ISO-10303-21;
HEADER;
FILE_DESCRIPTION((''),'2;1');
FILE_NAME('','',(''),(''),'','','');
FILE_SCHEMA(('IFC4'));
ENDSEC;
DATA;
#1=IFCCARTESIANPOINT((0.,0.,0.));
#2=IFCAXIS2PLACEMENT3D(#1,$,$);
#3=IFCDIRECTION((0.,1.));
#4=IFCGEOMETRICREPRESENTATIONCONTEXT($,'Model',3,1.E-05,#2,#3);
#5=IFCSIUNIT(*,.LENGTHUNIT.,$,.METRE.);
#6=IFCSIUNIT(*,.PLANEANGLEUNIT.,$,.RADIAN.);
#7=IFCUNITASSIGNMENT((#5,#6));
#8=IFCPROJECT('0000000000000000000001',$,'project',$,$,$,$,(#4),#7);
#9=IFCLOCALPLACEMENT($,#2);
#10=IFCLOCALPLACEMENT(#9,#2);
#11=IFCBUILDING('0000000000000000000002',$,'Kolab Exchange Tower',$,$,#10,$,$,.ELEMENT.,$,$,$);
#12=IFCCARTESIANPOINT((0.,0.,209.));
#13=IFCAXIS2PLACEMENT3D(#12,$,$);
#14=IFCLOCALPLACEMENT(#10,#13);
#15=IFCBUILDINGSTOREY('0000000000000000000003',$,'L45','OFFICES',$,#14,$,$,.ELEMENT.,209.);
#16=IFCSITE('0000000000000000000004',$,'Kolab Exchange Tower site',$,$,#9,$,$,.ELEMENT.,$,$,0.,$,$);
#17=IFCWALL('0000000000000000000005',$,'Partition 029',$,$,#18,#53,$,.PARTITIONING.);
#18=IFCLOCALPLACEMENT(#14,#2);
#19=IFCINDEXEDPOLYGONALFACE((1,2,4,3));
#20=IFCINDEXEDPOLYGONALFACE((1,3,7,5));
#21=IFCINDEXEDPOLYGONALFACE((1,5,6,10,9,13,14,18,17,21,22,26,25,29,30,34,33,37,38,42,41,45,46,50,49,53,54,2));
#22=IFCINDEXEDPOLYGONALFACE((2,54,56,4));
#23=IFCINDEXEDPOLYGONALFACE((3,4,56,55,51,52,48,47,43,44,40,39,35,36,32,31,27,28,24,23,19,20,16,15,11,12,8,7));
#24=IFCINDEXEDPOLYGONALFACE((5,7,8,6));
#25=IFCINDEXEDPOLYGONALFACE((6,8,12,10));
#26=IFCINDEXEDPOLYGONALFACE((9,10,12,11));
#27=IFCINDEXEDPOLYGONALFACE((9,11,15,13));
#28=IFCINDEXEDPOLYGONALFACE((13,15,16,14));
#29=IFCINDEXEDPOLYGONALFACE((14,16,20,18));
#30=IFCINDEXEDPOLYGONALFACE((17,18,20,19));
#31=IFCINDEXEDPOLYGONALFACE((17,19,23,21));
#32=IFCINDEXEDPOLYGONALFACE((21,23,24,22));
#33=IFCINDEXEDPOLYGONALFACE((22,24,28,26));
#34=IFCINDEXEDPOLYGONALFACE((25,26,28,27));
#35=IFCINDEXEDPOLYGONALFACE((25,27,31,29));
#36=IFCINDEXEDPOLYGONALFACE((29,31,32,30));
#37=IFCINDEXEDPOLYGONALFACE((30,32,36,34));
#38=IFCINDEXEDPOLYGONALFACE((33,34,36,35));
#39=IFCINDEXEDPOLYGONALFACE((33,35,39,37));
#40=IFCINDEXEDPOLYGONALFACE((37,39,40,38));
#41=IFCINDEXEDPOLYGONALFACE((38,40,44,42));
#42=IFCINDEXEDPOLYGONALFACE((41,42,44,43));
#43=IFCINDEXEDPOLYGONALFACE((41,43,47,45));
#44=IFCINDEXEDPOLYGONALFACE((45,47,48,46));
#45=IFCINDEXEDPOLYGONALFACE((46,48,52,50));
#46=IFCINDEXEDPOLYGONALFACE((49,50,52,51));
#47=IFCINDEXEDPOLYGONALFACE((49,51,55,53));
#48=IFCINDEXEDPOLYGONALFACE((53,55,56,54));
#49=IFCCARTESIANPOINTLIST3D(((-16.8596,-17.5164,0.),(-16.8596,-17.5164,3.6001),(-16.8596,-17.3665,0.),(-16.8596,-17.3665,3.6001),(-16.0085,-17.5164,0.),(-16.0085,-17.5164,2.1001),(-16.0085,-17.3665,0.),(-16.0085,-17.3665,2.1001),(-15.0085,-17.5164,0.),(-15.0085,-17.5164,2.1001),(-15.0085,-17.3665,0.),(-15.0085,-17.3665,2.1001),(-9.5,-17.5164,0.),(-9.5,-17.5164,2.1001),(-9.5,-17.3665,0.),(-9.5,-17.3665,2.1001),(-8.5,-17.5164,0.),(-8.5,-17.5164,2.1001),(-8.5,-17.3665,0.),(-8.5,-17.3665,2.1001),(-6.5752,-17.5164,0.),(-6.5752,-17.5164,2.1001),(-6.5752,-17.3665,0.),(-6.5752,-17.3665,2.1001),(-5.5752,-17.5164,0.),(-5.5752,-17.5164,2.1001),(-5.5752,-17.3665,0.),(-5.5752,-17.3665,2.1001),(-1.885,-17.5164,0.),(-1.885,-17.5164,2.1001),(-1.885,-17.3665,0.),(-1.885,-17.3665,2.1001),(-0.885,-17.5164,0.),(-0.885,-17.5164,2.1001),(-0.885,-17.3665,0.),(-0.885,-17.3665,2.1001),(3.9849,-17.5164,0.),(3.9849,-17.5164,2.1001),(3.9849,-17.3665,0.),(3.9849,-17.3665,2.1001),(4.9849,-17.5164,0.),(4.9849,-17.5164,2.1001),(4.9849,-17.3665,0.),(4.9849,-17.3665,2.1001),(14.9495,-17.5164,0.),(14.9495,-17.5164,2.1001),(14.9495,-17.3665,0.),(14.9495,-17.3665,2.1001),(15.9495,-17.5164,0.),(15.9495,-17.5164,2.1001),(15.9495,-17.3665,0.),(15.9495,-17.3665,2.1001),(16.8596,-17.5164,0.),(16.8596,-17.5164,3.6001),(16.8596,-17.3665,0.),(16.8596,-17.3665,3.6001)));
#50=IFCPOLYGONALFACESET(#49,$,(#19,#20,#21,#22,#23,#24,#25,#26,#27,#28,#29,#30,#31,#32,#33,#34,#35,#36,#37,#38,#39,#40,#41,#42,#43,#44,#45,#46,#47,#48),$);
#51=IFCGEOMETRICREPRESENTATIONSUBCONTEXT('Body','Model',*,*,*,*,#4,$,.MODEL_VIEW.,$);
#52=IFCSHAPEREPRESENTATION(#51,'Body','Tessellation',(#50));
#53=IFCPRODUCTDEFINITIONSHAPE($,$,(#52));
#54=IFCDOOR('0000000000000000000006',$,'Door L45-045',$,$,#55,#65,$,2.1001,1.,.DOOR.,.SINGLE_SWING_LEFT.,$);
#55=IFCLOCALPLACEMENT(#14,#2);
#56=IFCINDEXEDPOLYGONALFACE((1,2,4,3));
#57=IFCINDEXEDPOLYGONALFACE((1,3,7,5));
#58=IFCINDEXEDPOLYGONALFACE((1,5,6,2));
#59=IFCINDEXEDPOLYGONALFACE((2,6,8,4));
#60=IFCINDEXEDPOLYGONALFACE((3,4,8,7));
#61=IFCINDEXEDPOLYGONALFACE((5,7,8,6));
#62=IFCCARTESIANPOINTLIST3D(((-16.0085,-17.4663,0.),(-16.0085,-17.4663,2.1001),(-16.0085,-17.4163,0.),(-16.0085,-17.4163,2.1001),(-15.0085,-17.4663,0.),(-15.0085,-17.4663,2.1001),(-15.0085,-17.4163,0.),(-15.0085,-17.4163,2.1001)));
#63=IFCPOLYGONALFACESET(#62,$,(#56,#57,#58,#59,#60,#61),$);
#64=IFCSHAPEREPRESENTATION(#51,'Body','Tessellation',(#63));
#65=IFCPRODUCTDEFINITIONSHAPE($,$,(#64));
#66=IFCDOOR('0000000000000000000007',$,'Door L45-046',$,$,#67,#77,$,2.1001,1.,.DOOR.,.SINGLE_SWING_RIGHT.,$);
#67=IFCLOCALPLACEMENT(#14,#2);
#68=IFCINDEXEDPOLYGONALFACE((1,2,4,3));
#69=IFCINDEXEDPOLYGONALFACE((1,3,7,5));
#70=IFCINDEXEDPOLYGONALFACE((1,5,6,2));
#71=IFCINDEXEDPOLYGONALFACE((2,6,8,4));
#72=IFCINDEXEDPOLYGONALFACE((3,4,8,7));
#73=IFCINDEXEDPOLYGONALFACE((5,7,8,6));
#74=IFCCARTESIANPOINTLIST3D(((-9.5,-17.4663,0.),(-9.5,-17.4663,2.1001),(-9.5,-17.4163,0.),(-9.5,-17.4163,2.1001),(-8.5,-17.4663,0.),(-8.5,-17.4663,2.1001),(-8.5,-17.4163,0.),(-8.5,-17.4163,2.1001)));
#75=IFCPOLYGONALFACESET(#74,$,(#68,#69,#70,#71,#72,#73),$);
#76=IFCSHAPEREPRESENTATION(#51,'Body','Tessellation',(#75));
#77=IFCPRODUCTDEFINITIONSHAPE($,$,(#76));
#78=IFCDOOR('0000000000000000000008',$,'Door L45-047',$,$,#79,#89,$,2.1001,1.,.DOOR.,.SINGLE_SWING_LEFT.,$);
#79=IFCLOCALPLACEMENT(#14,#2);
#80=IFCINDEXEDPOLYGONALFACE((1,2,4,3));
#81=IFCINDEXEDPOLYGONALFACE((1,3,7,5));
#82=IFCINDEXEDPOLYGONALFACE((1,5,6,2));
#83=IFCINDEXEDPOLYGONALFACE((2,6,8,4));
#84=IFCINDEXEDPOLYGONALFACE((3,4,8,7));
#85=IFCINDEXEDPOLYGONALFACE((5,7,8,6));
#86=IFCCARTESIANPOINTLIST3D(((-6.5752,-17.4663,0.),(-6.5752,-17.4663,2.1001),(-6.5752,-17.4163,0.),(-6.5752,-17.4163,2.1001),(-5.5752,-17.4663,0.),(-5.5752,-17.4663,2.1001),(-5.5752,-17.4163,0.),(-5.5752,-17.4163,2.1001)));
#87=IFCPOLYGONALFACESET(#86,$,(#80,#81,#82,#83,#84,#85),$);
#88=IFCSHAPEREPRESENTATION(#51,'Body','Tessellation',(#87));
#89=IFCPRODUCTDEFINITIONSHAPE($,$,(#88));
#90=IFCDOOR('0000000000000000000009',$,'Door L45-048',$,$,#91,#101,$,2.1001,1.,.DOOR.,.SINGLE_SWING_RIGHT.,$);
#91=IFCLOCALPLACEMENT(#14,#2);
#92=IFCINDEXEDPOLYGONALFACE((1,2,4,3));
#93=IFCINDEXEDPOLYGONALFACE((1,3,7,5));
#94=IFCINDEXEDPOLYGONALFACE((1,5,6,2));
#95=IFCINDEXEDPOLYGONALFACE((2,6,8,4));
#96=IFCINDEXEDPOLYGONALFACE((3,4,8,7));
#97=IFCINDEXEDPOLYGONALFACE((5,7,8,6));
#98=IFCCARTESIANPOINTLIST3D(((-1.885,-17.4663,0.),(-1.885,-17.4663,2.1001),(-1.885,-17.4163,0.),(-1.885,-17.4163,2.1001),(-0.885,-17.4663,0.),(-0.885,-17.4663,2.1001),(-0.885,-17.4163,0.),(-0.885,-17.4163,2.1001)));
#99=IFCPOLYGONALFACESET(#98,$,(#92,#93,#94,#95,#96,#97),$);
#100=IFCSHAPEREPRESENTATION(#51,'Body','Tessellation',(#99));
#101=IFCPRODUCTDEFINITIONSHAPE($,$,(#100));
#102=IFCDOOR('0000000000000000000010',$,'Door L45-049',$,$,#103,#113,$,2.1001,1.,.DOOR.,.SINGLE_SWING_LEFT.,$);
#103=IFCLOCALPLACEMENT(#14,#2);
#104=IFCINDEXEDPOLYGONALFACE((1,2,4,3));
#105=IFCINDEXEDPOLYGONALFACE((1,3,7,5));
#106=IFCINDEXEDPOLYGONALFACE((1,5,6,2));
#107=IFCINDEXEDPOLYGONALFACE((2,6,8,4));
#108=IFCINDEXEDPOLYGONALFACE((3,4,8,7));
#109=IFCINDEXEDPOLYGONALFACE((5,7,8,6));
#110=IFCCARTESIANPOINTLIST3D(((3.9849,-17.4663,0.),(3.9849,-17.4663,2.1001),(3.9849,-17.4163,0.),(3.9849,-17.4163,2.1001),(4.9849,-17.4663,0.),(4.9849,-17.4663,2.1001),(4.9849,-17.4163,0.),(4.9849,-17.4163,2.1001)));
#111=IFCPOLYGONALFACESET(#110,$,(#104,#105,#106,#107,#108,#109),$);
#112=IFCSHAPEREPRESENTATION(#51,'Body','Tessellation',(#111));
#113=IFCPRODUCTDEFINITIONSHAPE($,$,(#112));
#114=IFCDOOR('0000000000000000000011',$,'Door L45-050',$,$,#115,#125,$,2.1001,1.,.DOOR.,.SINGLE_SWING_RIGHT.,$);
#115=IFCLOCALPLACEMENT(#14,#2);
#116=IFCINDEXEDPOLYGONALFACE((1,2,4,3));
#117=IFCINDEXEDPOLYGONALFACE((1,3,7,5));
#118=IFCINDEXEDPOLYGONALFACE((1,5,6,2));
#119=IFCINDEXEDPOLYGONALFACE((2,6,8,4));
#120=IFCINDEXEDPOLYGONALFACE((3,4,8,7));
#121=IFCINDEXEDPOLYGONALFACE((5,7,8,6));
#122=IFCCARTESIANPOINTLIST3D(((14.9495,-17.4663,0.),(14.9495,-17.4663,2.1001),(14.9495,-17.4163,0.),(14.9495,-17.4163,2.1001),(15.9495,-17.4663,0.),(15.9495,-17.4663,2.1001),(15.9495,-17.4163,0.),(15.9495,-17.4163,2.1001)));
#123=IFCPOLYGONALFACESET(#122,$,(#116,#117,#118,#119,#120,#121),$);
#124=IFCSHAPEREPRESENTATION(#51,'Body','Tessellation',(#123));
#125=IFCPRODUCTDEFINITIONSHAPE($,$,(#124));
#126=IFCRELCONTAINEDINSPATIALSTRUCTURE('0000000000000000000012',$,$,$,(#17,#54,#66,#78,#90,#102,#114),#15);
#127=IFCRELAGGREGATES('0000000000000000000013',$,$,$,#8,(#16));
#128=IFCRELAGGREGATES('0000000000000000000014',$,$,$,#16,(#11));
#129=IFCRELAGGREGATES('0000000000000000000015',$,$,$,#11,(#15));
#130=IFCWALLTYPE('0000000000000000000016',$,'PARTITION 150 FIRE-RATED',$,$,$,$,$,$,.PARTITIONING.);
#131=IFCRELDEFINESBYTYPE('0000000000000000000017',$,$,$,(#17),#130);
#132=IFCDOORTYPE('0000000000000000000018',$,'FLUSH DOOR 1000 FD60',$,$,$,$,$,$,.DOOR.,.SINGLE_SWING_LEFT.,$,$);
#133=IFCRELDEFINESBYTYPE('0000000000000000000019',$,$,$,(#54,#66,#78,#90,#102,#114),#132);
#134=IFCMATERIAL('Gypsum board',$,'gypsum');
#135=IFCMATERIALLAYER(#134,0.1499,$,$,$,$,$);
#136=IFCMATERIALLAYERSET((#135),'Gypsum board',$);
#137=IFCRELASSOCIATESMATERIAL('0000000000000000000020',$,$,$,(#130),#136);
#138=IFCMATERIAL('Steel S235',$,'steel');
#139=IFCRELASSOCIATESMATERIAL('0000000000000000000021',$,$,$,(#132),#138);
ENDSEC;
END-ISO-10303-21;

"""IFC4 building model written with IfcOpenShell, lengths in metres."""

from ifc_helpers import new_model, si_unit, direction, frame, frame_2d, origin, place, context, subcontext, project, spatial, rectangle, extrude, material, layer, layer_set, type_object, element, fill, save


model = new_model("IFC4")

# Units and contexts
model_context = context("Model", 3, precision=1e-05, world=origin(), true_north=direction((0.0, 1.0)))
body_context = subcontext(model_context, "Body", "Model", "MODEL_VIEW")
ifc_project = project(units=[si_unit("LENGTHUNIT", "METRE"), si_unit("PLANEANGLEUNIT", "RADIAN")], contexts=[model_context])

# Site, building, storey
site_placement = place(None, origin())
site = spatial("IfcSite", under=ifc_project, at=site_placement, Name="Kolab Exchange Tower site", CompositionType="ELEMENT", RefElevation=0.0)
building_placement = place(site_placement, origin())
building = spatial("IfcBuilding", under=site, at=building_placement, Name="Kolab Exchange Tower", CompositionType="ELEMENT")
storey_placement = place(building_placement, frame((0.0, 0.0, 209.0)))
storey = spatial("IfcBuildingStorey", under=building, at=storey_placement, Name="L45", Description="OFFICES", CompositionType="ELEMENT", Elevation=209.0)

# Wall, openings, doors
ifc_material_1 = material(Name="Gypsum board", Category="gypsum")
ifc_layer_1 = layer(ifc_material_1, 0.1499)
ifc_layer_set_1 = layer_set([ifc_layer_1], Name="Gypsum board")
wall_type_1 = type_object("IfcWallType", Name="PARTITION 150 FIRE-RATED", PredefinedType="PARTITIONING", material=ifc_layer_set_1)
wall_1_placement = place(storey_placement, frame((-16.8596, -17.4414, 0.0), z_axis=(0.0, 0.0, 1.0), x_axis=(1.0, 0.0, 0.0)))
wall_1 = element("IfcWall", 1, at=wall_1_placement, inside=storey, type_object=wall_type_1, Name="Partition 029", PredefinedType="PARTITIONING", context=body_context, shape_type="SweptSolid", body=[
    extrude(rectangle(XDim=33.7192, YDim=0.1499, at=frame_2d((16.8596, 0.0))), origin(), (0.0, 0.0, 1.0), 3.6001),
])
opening_1_placement = place(wall_1_placement, frame((0.8511, 0.0, 0.0)))
opening_1 = element("IfcOpeningElement", 2, at=opening_1_placement, cuts=wall_1, PredefinedType="OPENING", context=body_context, shape_type="SweptSolid", body=[
    extrude(rectangle(XDim=1.0, YDim=2.1001, at=frame_2d((0.5, 1.05))), frame((0.0, 0.085, 0.0), z_axis=(0.0, -1.0, 0.0), x_axis=(1.0, 0.0, 0.0)), (0.0, 0.0, 1.0), 0.1699),
])
opening_2_placement = place(wall_1_placement, frame((7.3596, 0.0, 0.0)))
opening_2 = element("IfcOpeningElement", 3, at=opening_2_placement, cuts=wall_1, PredefinedType="OPENING", context=body_context, shape_type="SweptSolid", body=[
    extrude(rectangle(XDim=1.0, YDim=2.1001, at=frame_2d((0.5, 1.05))), frame((0.0, 0.085, 0.0), z_axis=(0.0, -1.0, 0.0), x_axis=(1.0, 0.0, 0.0)), (0.0, 0.0, 1.0), 0.1699),
])
opening_3_placement = place(wall_1_placement, frame((10.2844, 0.0, 0.0)))
opening_3 = element("IfcOpeningElement", 4, at=opening_3_placement, cuts=wall_1, PredefinedType="OPENING", context=body_context, shape_type="SweptSolid", body=[
    extrude(rectangle(XDim=1.0, YDim=2.1001, at=frame_2d((0.5, 1.05))), frame((0.0, 0.085, 0.0), z_axis=(0.0, -1.0, 0.0), x_axis=(1.0, 0.0, 0.0)), (0.0, 0.0, 1.0), 0.1699),
])
opening_4_placement = place(wall_1_placement, frame((14.9746, 0.0, 0.0)))
opening_4 = element("IfcOpeningElement", 5, at=opening_4_placement, cuts=wall_1, PredefinedType="OPENING", context=body_context, shape_type="SweptSolid", body=[
    extrude(rectangle(XDim=1.0, YDim=2.1001, at=frame_2d((0.5, 1.05))), frame((0.0, 0.085, 0.0), z_axis=(0.0, -1.0, 0.0), x_axis=(1.0, 0.0, 0.0)), (0.0, 0.0, 1.0), 0.1699),
])
opening_5_placement = place(wall_1_placement, frame((20.8445, 0.0, 0.0)))
opening_5 = element("IfcOpeningElement", 6, at=opening_5_placement, cuts=wall_1, PredefinedType="OPENING", context=body_context, shape_type="SweptSolid", body=[
    extrude(rectangle(XDim=1.0, YDim=2.1001, at=frame_2d((0.5, 1.05))), frame((0.0, 0.085, 0.0), z_axis=(0.0, -1.0, 0.0), x_axis=(1.0, 0.0, 0.0)), (0.0, 0.0, 1.0), 0.1699),
])
opening_6_placement = place(wall_1_placement, frame((31.8091, 0.0, 0.0)))
opening_6 = element("IfcOpeningElement", 7, at=opening_6_placement, cuts=wall_1, PredefinedType="OPENING", context=body_context, shape_type="SweptSolid", body=[
    extrude(rectangle(XDim=1.0, YDim=2.1001, at=frame_2d((0.5, 1.05))), frame((0.0, 0.085, 0.0), z_axis=(0.0, -1.0, 0.0), x_axis=(1.0, 0.0, 0.0)), (0.0, 0.0, 1.0), 0.1699),
])
ifc_material_2 = material(Name="Steel S235", Category="steel")
door_type_1 = type_object("IfcDoorType", Name="FLUSH DOOR 1000 FD60", OperationType="SINGLE_SWING_LEFT", PredefinedType="DOOR", material=ifc_material_2)
door_1_placement = place(opening_1_placement, frame((1.0, 0.0, 0.0), z_axis=(0.0, 0.0, 1.0), x_axis=(-1.0, 0.0, 0.0)))
door_1 = element("IfcDoor", 8, at=door_1_placement, inside=storey, type_object=door_type_1, Name="Door L45-045", OperationType="SINGLE_SWING_LEFT", OverallHeight=2.1001, OverallWidth=1.0, PredefinedType="DOOR", context=body_context, shape_type="SweptSolid", body=[
    extrude(rectangle(XDim=1.0, YDim=2.1001, at=frame_2d((0.5, 1.05))), frame((0.0, 0.0249, 0.0), z_axis=(0.0, -1.0, 0.0), x_axis=(1.0, 0.0, 0.0)), (0.0, 0.0, 1.0), 0.05),
])
fill(opening_1, door_1)
door_2_placement = place(opening_2_placement, frame((1.0, 0.0, 0.0), z_axis=(0.0, 0.0, 1.0), x_axis=(-1.0, 0.0, 0.0)))
door_2 = element("IfcDoor", 9, at=door_2_placement, inside=storey, type_object=door_type_1, Name="Door L45-046", OperationType="SINGLE_SWING_RIGHT", OverallHeight=2.1001, OverallWidth=1.0, PredefinedType="DOOR", context=body_context, shape_type="SweptSolid", body=[
    extrude(rectangle(XDim=1.0, YDim=2.1001, at=frame_2d((0.5, 1.05))), frame((0.0, 0.0249, 0.0), z_axis=(0.0, -1.0, 0.0), x_axis=(1.0, 0.0, 0.0)), (0.0, 0.0, 1.0), 0.05),
])
fill(opening_2, door_2)
door_3_placement = place(opening_3_placement, frame((1.0, 0.0, 0.0), z_axis=(0.0, 0.0, 1.0), x_axis=(-1.0, 0.0, 0.0)))
door_3 = element("IfcDoor", 10, at=door_3_placement, inside=storey, type_object=door_type_1, Name="Door L45-047", OperationType="SINGLE_SWING_LEFT", OverallHeight=2.1001, OverallWidth=1.0, PredefinedType="DOOR", context=body_context, shape_type="SweptSolid", body=[
    extrude(rectangle(XDim=1.0, YDim=2.1001, at=frame_2d((0.5, 1.05))), frame((0.0, 0.0249, 0.0), z_axis=(0.0, -1.0, 0.0), x_axis=(1.0, 0.0, 0.0)), (0.0, 0.0, 1.0), 0.05),
])
fill(opening_3, door_3)
door_4_placement = place(opening_4_placement, frame((1.0, 0.0, 0.0), z_axis=(0.0, 0.0, 1.0), x_axis=(-1.0, 0.0, 0.0)))
door_4 = element("IfcDoor", 11, at=door_4_placement, inside=storey, type_object=door_type_1, Name="Door L45-048", OperationType="SINGLE_SWING_RIGHT", OverallHeight=2.1001, OverallWidth=1.0, PredefinedType="DOOR", context=body_context, shape_type="SweptSolid", body=[
    extrude(rectangle(XDim=1.0, YDim=2.1001, at=frame_2d((0.5, 1.05))), frame((0.0, 0.0249, 0.0), z_axis=(0.0, -1.0, 0.0), x_axis=(1.0, 0.0, 0.0)), (0.0, 0.0, 1.0), 0.05),
])
fill(opening_4, door_4)
door_5_placement = place(opening_5_placement, frame((1.0, 0.0, 0.0), z_axis=(0.0, 0.0, 1.0), x_axis=(-1.0, 0.0, 0.0)))
door_5 = element("IfcDoor", 12, at=door_5_placement, inside=storey, type_object=door_type_1, Name="Door L45-049", OperationType="SINGLE_SWING_LEFT", OverallHeight=2.1001, OverallWidth=1.0, PredefinedType="DOOR", context=body_context, shape_type="SweptSolid", body=[
    extrude(rectangle(XDim=1.0, YDim=2.1001, at=frame_2d((0.5, 1.05))), frame((0.0, 0.0249, 0.0), z_axis=(0.0, -1.0, 0.0), x_axis=(1.0, 0.0, 0.0)), (0.0, 0.0, 1.0), 0.05),
])
fill(opening_5, door_5)
door_6_placement = place(opening_6_placement, frame((1.0, 0.0, 0.0), z_axis=(0.0, 0.0, 1.0), x_axis=(-1.0, 0.0, 0.0)))
door_6 = element("IfcDoor", 13, at=door_6_placement, inside=storey, type_object=door_type_1, Name="Door L45-050", OperationType="SINGLE_SWING_RIGHT", OverallHeight=2.1001, OverallWidth=1.0, PredefinedType="DOOR", context=body_context, shape_type="SweptSolid", body=[
    extrude(rectangle(XDim=1.0, YDim=2.1001, at=frame_2d((0.5, 1.05))), frame((0.0, 0.0249, 0.0), z_axis=(0.0, -1.0, 0.0), x_axis=(1.0, 0.0, 0.0)), (0.0, 0.0, 1.0), 0.05),
])
fill(opening_6, door_6)

save(model, "model.ifc")
